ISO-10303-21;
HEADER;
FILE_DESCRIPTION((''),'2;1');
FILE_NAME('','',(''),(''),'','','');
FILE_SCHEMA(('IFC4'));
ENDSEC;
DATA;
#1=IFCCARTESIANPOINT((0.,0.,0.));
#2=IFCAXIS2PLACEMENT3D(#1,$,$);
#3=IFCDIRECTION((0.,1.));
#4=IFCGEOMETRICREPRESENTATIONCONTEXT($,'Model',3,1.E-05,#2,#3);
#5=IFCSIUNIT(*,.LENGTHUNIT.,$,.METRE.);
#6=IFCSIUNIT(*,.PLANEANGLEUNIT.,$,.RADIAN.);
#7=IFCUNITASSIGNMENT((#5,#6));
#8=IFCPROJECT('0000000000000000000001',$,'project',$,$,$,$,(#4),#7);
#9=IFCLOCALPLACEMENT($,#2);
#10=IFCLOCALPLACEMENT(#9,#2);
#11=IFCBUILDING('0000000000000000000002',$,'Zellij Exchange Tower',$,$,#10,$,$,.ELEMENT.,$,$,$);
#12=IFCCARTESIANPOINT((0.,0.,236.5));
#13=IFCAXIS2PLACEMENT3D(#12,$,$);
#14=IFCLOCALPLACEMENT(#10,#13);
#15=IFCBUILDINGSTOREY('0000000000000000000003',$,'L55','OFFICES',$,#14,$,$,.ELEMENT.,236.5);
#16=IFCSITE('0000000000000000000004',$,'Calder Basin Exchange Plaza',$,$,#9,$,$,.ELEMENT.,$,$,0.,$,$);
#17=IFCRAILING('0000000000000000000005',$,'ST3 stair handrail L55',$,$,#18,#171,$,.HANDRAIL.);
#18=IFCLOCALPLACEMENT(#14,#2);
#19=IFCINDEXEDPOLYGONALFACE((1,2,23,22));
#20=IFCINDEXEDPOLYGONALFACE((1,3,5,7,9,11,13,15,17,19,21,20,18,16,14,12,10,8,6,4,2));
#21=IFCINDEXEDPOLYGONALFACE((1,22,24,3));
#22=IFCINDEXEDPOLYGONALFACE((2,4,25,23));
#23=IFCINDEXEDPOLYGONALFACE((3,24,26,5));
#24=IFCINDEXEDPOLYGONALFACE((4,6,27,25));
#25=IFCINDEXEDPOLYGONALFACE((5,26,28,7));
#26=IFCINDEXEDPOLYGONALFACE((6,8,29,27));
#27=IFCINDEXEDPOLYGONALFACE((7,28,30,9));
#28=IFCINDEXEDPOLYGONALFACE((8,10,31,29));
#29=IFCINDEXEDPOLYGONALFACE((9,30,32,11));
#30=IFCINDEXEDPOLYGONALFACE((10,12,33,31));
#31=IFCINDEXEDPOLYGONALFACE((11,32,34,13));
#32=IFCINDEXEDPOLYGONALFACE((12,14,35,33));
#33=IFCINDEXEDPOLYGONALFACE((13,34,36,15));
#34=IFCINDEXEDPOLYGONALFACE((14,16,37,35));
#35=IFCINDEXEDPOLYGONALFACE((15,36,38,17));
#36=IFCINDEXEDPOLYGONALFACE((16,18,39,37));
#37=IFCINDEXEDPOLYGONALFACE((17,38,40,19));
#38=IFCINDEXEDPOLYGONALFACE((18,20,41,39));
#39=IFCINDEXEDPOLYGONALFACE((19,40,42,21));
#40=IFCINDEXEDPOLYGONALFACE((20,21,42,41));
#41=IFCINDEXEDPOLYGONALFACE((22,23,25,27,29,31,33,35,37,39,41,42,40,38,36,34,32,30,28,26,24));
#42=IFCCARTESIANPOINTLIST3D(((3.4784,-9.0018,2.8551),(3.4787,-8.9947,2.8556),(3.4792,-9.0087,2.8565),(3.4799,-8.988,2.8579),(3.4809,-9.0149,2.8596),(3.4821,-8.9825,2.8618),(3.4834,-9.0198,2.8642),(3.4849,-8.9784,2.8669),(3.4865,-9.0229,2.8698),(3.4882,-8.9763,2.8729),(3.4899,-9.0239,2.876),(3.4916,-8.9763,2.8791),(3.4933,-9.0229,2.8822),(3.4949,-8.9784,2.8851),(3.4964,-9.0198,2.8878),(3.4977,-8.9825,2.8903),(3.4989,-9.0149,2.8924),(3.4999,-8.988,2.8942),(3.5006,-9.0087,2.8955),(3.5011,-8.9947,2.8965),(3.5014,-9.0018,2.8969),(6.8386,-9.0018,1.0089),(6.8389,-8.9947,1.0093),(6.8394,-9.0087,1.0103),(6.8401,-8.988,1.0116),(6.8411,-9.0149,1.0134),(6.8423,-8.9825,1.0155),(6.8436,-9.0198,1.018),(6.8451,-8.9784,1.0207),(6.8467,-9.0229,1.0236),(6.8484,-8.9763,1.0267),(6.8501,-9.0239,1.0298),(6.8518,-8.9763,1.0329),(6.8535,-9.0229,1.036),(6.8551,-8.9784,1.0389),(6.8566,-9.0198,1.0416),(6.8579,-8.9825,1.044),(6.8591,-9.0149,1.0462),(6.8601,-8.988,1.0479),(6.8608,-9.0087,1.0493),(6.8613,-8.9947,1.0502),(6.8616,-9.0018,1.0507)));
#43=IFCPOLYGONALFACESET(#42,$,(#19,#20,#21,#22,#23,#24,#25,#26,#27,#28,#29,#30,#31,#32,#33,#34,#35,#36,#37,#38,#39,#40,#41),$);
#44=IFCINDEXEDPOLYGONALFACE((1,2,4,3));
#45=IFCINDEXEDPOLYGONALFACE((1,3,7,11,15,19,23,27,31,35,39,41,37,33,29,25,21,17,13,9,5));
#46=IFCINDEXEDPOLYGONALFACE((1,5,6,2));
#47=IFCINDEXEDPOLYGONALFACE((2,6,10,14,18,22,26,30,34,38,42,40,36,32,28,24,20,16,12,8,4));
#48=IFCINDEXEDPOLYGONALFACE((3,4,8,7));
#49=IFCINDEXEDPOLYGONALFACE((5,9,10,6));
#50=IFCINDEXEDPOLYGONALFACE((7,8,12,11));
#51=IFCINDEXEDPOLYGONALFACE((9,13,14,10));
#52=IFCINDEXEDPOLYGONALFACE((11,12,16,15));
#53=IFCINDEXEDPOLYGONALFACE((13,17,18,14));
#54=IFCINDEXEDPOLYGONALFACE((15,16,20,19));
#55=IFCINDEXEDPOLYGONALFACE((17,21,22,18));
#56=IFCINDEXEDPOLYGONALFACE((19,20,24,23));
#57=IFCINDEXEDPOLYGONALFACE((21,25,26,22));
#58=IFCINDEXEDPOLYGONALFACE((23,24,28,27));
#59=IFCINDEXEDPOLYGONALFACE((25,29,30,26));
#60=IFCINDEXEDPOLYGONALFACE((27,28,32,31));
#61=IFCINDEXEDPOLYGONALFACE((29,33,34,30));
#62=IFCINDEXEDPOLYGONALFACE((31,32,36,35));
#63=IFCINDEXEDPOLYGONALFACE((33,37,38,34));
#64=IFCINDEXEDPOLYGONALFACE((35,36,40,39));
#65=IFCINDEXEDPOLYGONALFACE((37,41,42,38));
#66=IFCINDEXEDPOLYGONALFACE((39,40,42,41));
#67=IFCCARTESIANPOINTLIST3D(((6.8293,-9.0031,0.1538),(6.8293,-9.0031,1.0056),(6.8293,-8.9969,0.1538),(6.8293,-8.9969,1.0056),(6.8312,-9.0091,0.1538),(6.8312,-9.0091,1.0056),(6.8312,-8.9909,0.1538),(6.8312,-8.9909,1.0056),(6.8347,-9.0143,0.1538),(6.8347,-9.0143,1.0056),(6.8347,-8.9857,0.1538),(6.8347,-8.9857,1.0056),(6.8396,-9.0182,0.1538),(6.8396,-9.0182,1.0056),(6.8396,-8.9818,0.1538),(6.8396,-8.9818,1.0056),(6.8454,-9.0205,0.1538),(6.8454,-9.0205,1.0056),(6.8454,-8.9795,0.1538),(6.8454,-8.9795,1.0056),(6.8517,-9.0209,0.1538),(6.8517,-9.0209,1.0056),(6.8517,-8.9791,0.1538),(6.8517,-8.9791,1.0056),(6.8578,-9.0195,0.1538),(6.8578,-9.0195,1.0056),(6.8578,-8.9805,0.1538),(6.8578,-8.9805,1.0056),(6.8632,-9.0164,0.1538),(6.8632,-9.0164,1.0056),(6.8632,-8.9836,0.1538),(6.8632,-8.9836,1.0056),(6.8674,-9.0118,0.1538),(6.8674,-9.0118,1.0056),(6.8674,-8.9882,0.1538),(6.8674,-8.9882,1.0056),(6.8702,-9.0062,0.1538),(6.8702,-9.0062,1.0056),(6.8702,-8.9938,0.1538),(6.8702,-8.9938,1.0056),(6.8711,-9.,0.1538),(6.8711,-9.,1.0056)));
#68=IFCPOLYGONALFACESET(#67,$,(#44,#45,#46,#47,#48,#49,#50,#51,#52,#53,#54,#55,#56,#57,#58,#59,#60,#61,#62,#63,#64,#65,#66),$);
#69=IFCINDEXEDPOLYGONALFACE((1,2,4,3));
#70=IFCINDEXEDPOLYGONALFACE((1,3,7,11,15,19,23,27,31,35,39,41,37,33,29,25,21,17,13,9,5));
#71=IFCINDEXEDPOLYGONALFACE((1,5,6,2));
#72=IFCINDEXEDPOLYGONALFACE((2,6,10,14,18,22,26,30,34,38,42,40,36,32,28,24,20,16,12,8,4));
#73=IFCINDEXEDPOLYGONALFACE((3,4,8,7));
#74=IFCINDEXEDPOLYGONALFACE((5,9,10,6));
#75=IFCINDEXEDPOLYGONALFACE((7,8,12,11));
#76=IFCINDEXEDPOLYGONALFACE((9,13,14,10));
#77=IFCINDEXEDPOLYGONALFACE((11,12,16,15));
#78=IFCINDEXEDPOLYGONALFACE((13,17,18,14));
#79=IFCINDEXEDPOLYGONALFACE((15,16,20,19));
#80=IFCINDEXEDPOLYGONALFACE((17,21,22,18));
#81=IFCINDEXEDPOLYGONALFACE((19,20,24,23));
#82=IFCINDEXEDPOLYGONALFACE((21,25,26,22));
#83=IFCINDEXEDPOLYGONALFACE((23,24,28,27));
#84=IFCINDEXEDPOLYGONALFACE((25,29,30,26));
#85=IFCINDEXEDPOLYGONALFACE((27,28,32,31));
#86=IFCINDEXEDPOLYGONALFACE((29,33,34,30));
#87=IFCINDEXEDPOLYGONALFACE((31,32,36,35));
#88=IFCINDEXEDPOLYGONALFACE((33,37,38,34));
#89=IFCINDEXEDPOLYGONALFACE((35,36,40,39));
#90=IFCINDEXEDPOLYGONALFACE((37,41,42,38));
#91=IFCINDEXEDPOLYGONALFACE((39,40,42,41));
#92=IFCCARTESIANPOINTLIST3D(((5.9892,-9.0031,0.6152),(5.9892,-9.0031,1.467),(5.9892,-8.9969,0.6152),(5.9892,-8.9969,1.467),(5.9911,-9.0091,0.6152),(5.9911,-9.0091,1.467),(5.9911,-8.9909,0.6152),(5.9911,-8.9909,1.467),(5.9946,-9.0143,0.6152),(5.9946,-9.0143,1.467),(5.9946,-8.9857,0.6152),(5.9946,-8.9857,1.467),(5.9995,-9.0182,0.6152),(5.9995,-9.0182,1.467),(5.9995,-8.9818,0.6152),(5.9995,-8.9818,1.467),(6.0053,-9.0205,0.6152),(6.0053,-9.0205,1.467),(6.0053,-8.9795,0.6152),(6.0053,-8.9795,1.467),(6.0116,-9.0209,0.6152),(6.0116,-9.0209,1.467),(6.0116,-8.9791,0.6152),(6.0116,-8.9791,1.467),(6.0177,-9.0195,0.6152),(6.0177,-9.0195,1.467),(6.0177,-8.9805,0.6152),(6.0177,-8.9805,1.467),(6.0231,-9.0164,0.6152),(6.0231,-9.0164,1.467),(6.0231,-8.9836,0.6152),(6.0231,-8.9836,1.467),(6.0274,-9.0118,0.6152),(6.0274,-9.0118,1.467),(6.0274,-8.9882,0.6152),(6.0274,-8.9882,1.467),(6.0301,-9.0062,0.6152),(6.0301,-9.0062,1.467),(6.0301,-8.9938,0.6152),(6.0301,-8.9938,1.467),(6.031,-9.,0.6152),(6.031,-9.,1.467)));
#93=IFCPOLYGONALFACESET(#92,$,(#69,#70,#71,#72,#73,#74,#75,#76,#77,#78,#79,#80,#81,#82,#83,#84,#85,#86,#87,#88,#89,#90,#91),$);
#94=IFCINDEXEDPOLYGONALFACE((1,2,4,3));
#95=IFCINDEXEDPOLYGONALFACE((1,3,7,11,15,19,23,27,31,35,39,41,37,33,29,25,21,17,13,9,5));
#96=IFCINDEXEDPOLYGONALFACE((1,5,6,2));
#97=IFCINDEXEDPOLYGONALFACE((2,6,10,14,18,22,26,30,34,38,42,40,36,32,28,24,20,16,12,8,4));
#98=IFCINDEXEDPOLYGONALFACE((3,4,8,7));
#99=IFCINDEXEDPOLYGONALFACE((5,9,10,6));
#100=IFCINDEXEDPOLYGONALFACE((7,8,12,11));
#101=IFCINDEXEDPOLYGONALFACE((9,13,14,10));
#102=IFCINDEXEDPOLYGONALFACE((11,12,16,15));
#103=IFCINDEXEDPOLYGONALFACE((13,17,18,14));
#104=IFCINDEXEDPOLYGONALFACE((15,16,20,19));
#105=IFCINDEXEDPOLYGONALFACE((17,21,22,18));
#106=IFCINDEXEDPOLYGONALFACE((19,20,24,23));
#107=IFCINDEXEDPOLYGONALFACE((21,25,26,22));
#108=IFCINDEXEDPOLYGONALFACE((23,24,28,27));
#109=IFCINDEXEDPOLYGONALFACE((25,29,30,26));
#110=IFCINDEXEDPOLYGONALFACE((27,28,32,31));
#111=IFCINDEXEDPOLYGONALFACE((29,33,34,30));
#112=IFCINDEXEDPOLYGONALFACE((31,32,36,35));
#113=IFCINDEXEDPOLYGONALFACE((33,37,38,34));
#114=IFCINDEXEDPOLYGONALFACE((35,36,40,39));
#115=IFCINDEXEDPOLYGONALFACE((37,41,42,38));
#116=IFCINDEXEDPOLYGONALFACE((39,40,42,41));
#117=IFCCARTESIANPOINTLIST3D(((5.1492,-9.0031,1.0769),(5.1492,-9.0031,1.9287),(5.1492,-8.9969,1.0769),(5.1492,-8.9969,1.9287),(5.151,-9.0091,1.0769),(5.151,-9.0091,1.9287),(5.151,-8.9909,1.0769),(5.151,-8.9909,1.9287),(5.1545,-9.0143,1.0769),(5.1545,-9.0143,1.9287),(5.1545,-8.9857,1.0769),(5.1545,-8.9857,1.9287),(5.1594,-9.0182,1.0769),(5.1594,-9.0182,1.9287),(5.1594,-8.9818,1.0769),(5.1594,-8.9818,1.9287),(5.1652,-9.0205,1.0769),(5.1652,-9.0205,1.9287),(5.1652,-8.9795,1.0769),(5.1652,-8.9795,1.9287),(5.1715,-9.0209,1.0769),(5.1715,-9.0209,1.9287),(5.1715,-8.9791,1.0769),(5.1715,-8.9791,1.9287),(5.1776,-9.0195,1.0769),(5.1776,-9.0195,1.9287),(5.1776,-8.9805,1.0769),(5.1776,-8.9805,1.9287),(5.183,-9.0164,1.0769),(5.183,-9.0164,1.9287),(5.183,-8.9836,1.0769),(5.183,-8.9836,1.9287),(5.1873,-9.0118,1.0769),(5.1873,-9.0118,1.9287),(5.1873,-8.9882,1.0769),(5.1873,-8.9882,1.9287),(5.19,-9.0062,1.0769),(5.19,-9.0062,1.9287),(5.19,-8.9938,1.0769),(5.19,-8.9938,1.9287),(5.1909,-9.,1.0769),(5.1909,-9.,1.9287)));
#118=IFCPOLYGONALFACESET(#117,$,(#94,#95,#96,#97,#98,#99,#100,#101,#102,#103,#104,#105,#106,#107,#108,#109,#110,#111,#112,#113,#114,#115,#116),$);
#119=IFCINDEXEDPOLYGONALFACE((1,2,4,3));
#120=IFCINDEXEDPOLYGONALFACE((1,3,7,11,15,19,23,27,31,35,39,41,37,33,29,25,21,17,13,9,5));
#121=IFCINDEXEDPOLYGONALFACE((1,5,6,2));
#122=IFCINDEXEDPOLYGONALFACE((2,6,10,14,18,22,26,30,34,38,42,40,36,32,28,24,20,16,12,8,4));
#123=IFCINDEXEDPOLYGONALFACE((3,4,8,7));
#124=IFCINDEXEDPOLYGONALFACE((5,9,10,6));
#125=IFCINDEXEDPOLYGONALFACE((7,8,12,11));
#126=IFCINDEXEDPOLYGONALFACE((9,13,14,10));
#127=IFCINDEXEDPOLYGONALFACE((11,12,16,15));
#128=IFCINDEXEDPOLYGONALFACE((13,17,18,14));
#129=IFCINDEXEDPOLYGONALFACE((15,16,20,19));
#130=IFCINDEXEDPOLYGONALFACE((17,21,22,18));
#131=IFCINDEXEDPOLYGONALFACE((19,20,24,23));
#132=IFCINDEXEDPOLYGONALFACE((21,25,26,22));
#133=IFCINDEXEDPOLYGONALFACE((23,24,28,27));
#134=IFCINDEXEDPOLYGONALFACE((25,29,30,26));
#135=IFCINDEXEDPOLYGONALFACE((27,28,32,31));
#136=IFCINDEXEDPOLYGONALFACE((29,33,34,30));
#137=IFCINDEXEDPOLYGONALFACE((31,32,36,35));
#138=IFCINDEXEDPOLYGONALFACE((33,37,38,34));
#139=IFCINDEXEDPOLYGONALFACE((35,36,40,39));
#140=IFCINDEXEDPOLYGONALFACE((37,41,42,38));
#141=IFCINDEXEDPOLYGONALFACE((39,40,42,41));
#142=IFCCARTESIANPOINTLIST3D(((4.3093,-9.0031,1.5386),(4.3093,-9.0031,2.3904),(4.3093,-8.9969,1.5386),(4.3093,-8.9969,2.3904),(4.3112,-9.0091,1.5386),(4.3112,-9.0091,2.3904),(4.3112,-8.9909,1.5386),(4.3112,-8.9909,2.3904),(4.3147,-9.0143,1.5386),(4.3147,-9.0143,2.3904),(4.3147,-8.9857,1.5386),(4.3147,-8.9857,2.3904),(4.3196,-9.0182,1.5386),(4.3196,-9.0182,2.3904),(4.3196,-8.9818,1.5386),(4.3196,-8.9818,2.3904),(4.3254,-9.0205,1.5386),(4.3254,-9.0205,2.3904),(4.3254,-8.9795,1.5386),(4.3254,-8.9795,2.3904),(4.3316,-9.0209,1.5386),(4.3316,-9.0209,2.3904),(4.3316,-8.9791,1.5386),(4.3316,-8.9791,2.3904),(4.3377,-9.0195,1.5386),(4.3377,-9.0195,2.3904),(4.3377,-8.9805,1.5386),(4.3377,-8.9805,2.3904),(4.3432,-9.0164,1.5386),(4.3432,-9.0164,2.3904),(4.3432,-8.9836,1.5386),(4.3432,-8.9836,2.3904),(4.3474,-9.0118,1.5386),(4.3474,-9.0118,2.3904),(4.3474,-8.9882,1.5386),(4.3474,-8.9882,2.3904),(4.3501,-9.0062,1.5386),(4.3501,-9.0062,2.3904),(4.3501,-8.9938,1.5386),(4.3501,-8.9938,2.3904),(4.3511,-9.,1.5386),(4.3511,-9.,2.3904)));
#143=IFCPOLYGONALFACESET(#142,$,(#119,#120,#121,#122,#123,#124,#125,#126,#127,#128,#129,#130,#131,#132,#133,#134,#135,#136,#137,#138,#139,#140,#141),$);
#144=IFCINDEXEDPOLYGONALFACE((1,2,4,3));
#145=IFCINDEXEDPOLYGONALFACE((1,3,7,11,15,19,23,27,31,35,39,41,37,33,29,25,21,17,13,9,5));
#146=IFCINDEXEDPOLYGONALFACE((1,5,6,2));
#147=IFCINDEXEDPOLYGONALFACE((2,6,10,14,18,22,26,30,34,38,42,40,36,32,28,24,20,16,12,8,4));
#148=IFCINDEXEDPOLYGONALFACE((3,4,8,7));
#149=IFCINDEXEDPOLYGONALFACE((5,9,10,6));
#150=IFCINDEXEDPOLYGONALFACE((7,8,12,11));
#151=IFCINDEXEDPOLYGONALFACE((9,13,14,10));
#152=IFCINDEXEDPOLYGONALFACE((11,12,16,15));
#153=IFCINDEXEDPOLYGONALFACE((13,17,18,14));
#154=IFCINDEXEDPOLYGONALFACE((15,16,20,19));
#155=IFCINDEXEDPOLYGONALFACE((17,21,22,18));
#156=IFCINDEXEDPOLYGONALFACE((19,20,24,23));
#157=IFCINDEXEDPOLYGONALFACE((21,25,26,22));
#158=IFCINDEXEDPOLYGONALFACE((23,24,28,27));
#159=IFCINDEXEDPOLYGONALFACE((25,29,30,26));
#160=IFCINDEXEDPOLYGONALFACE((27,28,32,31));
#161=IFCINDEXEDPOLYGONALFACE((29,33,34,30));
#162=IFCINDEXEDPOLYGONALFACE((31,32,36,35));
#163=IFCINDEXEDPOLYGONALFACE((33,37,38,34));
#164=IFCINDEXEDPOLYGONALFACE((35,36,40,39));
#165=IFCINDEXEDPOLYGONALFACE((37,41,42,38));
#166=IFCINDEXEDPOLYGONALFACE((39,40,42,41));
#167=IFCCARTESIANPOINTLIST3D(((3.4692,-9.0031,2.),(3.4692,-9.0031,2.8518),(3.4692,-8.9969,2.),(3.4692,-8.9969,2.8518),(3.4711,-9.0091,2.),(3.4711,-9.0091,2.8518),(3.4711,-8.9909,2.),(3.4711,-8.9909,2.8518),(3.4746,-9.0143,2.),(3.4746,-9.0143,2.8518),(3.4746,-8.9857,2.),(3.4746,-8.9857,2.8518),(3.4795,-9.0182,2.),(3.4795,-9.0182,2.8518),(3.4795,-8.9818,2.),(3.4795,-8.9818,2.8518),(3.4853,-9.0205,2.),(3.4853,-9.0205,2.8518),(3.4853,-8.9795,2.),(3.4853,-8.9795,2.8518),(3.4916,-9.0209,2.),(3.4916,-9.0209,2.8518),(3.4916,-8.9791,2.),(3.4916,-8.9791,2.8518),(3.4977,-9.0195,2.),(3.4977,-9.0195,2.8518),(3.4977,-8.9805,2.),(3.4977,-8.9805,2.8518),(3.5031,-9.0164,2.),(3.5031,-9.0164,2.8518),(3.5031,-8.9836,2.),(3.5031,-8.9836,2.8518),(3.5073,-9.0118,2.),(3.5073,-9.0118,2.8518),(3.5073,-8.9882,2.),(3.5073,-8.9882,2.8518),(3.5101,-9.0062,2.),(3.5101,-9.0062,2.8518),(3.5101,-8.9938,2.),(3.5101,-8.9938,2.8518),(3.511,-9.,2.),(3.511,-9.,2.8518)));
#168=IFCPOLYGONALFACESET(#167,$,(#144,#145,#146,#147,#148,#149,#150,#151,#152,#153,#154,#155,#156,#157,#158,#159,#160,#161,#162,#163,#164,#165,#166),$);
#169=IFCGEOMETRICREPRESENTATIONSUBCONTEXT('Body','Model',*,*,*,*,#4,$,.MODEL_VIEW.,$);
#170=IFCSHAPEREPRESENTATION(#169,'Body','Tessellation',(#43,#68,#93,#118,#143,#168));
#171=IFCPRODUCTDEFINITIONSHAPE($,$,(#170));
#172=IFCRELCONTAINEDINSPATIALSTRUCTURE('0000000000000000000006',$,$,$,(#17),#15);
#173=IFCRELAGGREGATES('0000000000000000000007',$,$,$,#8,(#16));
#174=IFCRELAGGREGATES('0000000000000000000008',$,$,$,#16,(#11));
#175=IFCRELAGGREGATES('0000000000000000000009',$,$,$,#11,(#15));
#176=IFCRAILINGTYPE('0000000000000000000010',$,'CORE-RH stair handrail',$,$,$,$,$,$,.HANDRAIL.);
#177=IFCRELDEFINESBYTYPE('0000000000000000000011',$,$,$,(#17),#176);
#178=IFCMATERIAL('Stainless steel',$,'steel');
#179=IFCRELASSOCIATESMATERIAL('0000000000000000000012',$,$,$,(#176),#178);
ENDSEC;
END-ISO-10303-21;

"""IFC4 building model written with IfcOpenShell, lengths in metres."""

from ifc_helpers import new_model, si_unit, direction, frame, origin, origin_2d, place, context, subcontext, project, spatial, circle, extrude, material, type_object, element, save


model = new_model("IFC4")

# Units and contexts
model_context = context("Model", 3, precision=1e-05, world=origin(), true_north=direction((0.0, 1.0)))
body_context = subcontext(model_context, "Body", "Model", "MODEL_VIEW")
ifc_project = project(units=[si_unit("LENGTHUNIT", "METRE"), si_unit("PLANEANGLEUNIT", "RADIAN")], contexts=[model_context])

# Site, building, storey
site_placement = place(None, origin())
site = spatial("IfcSite", under=ifc_project, at=site_placement, Name="Calder Basin Exchange Plaza", CompositionType="ELEMENT", RefElevation=0.0)
building_placement = place(site_placement, origin())
building = spatial("IfcBuilding", under=site, at=building_placement, Name="Zellij Exchange Tower", CompositionType="ELEMENT")
storey_placement = place(building_placement, frame((0.0, 0.0, 236.5)))
storey = spatial("IfcBuildingStorey", under=building, at=storey_placement, Name="L55", Description="OFFICES", CompositionType="ELEMENT", Elevation=236.5)

# Railing
ifc_material_1 = material(Name="Stainless steel", Category="steel")
railing_type_1 = type_object("IfcRailingType", Name="CORE-RH stair handrail", PredefinedType="HANDRAIL", material=ifc_material_1)
railing_1_placement = place(storey_placement, frame((6.8501, -9.0, 0.1538)))
element("IfcRailing", 1, at=railing_1_placement, inside=storey, type_object=railing_type_1, Name="ST3 stair handrail L55", PredefinedType="HANDRAIL", context=body_context, shape_type="SweptSolid", body=[
    extrude(circle(Radius=0.0239, at=origin_2d()), frame((0.0, 0.0, 0.876), z_axis=(-0.876422, 0.0, 0.481545), x_axis=(0.0, -1.0, 0.0)), (0.0, 0.0, 1.0), 3.834),
    extrude(circle(Radius=0.021, at=origin_2d()), origin(), (0.0, 0.0, 1.0), 0.8518),
    extrude(circle(Radius=0.021, at=origin_2d()), frame((-0.8401, 0.0, 0.4614)), (0.0, 0.0, 1.0), 0.8518),
    extrude(circle(Radius=0.021, at=origin_2d()), frame((-1.6802, 0.0, 0.9231)), (0.0, 0.0, 1.0), 0.8518),
    extrude(circle(Radius=0.021, at=origin_2d()), frame((-2.52, 0.0, 1.3848)), (0.0, 0.0, 1.0), 0.8518),
    extrude(circle(Radius=0.021, at=origin_2d()), frame((-3.3601, 0.0, 1.8462)), (0.0, 0.0, 1.0), 0.8518),
])

save(model, "model.ifc")
